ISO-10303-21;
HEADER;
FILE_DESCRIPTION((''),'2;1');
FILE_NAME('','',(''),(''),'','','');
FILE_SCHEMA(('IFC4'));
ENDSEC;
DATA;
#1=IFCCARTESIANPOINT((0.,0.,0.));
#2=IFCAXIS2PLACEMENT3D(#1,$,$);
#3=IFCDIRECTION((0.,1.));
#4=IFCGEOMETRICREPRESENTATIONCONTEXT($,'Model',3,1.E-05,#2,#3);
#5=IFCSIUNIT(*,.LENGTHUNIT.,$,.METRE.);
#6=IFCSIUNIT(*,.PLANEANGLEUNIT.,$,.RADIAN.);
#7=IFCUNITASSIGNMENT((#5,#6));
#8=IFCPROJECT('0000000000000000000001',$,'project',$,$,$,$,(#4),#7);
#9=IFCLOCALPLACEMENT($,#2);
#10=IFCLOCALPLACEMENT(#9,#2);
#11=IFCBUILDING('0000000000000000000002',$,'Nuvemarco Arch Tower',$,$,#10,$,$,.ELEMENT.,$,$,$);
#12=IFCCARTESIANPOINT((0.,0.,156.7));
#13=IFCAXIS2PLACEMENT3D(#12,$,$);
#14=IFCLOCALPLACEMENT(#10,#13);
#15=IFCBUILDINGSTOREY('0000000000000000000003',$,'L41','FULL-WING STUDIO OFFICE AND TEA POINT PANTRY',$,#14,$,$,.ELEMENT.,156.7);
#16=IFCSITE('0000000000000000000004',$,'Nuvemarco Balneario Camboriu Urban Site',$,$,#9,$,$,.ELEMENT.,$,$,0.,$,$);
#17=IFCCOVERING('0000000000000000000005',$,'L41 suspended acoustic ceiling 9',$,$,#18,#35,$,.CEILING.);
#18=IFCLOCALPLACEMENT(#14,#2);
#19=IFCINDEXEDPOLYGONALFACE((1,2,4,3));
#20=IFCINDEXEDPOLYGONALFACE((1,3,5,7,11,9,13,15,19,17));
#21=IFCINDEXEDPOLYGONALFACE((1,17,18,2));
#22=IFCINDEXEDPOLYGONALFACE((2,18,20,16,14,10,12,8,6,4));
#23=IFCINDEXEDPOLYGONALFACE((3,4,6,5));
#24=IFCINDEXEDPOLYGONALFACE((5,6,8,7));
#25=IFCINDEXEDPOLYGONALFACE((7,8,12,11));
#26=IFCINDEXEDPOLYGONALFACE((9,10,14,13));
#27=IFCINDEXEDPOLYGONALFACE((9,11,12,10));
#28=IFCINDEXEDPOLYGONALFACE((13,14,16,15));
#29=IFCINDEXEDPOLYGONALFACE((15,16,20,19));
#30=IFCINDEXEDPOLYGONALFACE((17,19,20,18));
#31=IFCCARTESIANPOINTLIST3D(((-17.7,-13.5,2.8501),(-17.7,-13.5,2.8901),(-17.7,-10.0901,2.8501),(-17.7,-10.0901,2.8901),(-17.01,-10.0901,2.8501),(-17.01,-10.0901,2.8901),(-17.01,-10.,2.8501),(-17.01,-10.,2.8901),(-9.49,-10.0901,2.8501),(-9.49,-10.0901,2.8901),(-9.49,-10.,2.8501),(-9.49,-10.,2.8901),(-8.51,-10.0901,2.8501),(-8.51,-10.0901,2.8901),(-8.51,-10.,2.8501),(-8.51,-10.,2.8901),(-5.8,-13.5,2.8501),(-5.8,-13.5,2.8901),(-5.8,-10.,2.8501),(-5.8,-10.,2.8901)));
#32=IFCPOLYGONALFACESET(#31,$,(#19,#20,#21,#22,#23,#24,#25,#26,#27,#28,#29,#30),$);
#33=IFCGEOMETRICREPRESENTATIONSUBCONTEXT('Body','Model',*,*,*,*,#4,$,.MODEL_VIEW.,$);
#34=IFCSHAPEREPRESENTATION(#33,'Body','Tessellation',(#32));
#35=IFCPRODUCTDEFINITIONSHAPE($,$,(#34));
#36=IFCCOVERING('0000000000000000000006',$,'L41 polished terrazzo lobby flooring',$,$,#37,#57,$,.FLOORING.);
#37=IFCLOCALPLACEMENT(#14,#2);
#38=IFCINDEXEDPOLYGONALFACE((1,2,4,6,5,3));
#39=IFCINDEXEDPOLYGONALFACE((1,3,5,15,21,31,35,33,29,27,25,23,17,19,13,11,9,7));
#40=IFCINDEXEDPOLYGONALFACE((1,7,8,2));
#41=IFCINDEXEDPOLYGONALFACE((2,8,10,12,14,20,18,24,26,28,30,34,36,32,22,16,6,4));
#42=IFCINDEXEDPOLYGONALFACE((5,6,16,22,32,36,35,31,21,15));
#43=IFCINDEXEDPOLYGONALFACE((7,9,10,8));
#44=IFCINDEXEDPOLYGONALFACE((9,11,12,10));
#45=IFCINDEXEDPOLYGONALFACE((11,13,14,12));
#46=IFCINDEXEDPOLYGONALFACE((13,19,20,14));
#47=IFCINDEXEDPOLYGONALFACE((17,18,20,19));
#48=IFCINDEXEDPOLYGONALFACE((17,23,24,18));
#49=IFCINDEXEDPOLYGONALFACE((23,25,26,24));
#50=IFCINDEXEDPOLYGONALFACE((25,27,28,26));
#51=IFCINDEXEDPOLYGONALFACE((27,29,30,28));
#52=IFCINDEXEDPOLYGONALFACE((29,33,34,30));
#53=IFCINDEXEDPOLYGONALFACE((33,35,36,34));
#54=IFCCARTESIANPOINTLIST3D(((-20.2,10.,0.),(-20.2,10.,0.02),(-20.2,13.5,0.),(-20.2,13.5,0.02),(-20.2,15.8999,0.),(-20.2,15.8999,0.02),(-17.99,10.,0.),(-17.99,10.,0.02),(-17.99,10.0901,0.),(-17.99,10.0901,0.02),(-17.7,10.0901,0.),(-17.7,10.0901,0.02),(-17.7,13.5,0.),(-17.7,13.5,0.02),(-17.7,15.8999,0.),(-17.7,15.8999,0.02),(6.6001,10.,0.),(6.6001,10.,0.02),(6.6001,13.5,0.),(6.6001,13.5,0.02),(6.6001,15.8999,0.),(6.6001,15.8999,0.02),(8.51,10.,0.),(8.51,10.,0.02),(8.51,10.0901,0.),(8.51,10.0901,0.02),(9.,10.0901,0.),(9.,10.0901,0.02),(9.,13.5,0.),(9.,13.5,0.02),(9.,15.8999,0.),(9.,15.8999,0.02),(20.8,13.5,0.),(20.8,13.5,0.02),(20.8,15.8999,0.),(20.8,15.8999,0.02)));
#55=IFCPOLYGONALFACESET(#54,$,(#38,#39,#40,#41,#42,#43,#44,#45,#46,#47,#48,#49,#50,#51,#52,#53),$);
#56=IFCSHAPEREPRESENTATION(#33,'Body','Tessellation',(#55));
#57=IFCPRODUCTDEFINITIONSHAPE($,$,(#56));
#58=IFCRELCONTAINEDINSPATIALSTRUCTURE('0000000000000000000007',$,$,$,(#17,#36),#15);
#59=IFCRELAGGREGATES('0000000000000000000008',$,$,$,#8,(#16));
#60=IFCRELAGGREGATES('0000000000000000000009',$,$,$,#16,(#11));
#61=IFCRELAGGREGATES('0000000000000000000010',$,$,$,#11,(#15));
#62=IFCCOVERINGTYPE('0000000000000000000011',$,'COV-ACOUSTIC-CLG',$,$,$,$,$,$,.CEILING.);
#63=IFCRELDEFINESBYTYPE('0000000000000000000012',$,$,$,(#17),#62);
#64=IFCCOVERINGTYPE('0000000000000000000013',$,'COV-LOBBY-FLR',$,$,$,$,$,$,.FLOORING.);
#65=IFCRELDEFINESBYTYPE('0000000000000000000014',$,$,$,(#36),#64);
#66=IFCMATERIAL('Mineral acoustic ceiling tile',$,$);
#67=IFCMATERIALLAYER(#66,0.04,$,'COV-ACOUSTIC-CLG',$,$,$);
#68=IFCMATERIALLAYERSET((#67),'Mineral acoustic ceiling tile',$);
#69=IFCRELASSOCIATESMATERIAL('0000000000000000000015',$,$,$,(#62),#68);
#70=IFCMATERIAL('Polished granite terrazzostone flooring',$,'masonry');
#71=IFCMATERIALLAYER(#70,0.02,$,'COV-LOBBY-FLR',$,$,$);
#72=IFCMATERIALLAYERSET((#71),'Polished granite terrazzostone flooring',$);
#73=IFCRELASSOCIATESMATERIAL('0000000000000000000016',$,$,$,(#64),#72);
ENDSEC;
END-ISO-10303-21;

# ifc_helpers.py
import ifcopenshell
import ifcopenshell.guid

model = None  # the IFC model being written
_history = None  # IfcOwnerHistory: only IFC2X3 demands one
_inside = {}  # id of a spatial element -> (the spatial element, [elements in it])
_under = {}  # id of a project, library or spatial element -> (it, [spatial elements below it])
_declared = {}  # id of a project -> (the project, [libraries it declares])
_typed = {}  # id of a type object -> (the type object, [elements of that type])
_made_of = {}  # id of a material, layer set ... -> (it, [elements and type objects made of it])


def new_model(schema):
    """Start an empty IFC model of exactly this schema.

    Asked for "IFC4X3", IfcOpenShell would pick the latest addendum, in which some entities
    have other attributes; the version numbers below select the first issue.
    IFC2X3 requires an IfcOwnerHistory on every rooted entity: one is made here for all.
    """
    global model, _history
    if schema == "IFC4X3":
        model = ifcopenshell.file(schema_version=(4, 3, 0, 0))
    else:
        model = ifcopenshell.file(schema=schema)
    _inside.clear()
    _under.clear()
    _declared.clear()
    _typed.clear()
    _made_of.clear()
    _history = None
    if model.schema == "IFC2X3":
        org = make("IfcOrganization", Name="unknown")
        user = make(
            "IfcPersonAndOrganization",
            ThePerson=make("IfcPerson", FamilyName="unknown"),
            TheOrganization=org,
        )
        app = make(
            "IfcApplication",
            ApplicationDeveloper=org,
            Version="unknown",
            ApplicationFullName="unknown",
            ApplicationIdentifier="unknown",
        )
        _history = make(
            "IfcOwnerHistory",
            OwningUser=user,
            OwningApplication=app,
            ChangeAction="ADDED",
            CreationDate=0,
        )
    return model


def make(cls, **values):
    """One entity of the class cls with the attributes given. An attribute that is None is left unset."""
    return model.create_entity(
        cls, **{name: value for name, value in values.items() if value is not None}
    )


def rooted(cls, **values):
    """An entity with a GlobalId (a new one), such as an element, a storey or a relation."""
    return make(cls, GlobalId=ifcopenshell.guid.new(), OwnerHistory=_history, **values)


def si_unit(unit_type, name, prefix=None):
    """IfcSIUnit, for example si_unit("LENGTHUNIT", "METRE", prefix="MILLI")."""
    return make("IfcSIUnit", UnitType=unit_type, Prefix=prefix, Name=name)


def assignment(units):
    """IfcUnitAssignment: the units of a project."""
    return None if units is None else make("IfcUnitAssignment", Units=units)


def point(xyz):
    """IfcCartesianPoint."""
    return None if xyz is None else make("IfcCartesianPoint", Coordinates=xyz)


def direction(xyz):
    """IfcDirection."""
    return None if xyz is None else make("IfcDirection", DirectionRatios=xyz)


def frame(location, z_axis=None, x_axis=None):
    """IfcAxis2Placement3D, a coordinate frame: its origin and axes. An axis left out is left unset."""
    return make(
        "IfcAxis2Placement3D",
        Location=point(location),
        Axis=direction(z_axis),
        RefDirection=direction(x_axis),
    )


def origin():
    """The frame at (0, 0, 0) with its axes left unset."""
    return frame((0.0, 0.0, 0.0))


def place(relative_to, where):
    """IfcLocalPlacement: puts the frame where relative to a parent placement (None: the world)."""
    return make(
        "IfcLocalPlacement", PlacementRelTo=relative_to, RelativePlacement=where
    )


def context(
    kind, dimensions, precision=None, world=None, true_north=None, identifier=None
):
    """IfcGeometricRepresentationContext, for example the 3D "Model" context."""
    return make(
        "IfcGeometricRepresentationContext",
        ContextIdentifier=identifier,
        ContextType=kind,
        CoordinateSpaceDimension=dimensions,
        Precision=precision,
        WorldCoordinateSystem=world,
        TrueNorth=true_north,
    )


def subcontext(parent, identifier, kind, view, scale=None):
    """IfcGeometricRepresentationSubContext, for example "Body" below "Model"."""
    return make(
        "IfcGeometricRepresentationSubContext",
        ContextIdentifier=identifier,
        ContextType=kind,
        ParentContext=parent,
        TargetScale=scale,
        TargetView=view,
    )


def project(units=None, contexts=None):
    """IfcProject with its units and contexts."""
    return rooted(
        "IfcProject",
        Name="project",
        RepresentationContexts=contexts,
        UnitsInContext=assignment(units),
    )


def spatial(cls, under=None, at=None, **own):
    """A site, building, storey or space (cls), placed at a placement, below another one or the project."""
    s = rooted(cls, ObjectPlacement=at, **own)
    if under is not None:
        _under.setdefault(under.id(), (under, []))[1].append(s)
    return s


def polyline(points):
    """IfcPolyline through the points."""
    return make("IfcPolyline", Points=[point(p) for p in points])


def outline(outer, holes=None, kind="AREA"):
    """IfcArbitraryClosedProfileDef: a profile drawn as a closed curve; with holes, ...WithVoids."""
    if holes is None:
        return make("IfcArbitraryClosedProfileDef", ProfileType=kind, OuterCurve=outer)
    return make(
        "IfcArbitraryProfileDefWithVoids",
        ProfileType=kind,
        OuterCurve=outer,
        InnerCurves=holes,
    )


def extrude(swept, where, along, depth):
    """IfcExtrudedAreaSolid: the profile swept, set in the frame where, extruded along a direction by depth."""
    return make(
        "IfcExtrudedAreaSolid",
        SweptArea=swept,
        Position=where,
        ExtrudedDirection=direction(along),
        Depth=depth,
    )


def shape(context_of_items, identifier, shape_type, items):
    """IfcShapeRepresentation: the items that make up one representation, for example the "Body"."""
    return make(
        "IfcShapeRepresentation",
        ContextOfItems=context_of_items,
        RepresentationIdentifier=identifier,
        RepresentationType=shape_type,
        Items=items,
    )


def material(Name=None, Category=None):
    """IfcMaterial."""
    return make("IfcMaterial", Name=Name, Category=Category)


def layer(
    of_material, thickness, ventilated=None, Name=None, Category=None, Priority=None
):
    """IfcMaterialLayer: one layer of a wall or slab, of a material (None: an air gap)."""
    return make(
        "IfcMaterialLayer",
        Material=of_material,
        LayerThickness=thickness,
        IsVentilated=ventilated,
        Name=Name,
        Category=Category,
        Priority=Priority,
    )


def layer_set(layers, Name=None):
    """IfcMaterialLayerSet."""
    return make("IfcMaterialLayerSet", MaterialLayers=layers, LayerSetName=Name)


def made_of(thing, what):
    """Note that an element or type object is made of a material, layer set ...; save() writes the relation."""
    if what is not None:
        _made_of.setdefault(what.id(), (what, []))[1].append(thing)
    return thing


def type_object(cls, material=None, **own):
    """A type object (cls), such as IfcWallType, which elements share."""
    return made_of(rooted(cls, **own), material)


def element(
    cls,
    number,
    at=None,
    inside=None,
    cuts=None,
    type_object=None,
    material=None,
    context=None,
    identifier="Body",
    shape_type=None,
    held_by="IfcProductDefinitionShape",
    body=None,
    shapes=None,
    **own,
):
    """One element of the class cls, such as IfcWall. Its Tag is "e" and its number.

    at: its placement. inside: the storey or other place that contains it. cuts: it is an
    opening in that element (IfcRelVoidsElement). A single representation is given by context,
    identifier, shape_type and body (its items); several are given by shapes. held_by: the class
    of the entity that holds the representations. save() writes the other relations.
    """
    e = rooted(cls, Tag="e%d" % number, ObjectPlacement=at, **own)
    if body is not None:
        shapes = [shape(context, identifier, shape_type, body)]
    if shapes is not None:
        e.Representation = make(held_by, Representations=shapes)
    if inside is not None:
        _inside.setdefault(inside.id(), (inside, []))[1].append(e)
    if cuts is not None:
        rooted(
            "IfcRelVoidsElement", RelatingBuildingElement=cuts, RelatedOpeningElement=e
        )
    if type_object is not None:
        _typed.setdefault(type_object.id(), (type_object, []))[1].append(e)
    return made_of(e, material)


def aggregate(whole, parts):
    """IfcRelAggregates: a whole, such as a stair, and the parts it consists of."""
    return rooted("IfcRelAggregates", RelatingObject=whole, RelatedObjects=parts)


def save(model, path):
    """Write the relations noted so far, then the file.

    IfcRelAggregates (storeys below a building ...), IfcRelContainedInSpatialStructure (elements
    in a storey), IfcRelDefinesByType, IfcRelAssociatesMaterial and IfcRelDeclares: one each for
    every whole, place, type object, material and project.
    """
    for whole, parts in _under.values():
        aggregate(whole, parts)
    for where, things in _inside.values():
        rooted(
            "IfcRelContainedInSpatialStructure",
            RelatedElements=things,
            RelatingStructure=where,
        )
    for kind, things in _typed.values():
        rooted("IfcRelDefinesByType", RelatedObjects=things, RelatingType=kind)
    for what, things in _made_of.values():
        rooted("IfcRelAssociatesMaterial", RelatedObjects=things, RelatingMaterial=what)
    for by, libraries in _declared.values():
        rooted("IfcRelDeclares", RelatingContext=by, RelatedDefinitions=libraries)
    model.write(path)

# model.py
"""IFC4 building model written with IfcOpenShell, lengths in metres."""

from ifc_helpers import new_model, si_unit, direction, frame, origin, place, context, subcontext, project, spatial, polyline, outline, extrude, material, layer, layer_set, type_object, element, save


model = new_model("IFC4")

# Units and contexts
model_context = context("Model", 3, precision=1e-05, world=origin(), true_north=direction((0.0, 1.0)))
body_context = subcontext(model_context, "Body", "Model", "MODEL_VIEW")
ifc_project = project(units=[si_unit("LENGTHUNIT", "METRE"), si_unit("PLANEANGLEUNIT", "RADIAN")], contexts=[model_context])

# Site, building, storey
site_placement = place(None, origin())
site = spatial("IfcSite", under=ifc_project, at=site_placement, Name="Nuvemarco Balneario Camboriu Urban Site", CompositionType="ELEMENT", RefElevation=0.0)
building_placement = place(site_placement, origin())
building = spatial("IfcBuilding", under=site, at=building_placement, Name="Nuvemarco Arch Tower", CompositionType="ELEMENT")
storey_placement = place(building_placement, frame((0.0, 0.0, 156.7)))
storey = spatial("IfcBuildingStorey", under=building, at=storey_placement, Name="L41", Description="FULL-WING STUDIO OFFICE AND TEA POINT PANTRY", CompositionType="ELEMENT", Elevation=156.7)

# Coverings
ifc_material_1 = material(Name="Mineral acoustic ceiling tile")
ifc_layer_1 = layer(ifc_material_1, 0.04, Name="COV-ACOUSTIC-CLG")
ifc_layer_set_1 = layer_set([ifc_layer_1], Name="Mineral acoustic ceiling tile")
covering_type_1 = type_object("IfcCoveringType", Name="COV-ACOUSTIC-CLG", PredefinedType="CEILING", material=ifc_layer_set_1)
covering_1_placement = place(storey_placement, frame((0.0, 0.0, 2.8501)))
element("IfcCovering", 1, at=covering_1_placement, inside=storey, type_object=covering_type_1, Name="L41 suspended acoustic ceiling 9", PredefinedType="CEILING", context=body_context, shape_type="SweptSolid", body=[
    extrude(outline(polyline([(-9.49, -10.0901), (-8.51, -10.0901), (-8.51, -10.0), (-5.8, -10.0), (-5.8, -13.5), (-17.7, -13.5), (-17.7, -10.0901), (-17.01, -10.0901), (-17.01, -10.0), (-9.49, -10.0), (-9.49, -10.0901)])), origin(), (0.0, 0.0, 1.0), 0.04),
])
ifc_material_2 = material(Name="Polished granite terrazzostone flooring", Category="masonry")
ifc_layer_2 = layer(ifc_material_2, 0.02, Name="COV-LOBBY-FLR")
ifc_layer_set_2 = layer_set([ifc_layer_2], Name="Polished granite terrazzostone flooring")
covering_type_2 = type_object("IfcCoveringType", Name="COV-LOBBY-FLR", PredefinedType="FLOORING", material=ifc_layer_set_2)
covering_2_placement = place(storey_placement, origin())
element("IfcCovering", 2, at=covering_2_placement, inside=storey, type_object=covering_type_2, Name="L41 polished terrazzo lobby flooring", PredefinedType="FLOORING", context=body_context, shape_type="SweptSolid", body=[
    extrude(outline(polyline([(-20.2, 13.5), (-20.2, 15.8999), (-17.7, 15.8999), (6.6001, 15.8999), (9.0, 15.8999), (20.8, 15.8999), (20.8, 13.5), (9.0, 13.5), (9.0, 10.0901), (8.51, 10.0901), (8.51, 10.0), (6.6001, 10.0), (6.6001, 13.5), (-17.7, 13.5), (-17.7, 10.0901), (-17.99, 10.0901), (-17.99, 10.0), (-20.2, 10.0), (-20.2, 13.5)])), origin(), (0.0, 0.0, 1.0), 0.02),
])

save(model, "model.ifc")
